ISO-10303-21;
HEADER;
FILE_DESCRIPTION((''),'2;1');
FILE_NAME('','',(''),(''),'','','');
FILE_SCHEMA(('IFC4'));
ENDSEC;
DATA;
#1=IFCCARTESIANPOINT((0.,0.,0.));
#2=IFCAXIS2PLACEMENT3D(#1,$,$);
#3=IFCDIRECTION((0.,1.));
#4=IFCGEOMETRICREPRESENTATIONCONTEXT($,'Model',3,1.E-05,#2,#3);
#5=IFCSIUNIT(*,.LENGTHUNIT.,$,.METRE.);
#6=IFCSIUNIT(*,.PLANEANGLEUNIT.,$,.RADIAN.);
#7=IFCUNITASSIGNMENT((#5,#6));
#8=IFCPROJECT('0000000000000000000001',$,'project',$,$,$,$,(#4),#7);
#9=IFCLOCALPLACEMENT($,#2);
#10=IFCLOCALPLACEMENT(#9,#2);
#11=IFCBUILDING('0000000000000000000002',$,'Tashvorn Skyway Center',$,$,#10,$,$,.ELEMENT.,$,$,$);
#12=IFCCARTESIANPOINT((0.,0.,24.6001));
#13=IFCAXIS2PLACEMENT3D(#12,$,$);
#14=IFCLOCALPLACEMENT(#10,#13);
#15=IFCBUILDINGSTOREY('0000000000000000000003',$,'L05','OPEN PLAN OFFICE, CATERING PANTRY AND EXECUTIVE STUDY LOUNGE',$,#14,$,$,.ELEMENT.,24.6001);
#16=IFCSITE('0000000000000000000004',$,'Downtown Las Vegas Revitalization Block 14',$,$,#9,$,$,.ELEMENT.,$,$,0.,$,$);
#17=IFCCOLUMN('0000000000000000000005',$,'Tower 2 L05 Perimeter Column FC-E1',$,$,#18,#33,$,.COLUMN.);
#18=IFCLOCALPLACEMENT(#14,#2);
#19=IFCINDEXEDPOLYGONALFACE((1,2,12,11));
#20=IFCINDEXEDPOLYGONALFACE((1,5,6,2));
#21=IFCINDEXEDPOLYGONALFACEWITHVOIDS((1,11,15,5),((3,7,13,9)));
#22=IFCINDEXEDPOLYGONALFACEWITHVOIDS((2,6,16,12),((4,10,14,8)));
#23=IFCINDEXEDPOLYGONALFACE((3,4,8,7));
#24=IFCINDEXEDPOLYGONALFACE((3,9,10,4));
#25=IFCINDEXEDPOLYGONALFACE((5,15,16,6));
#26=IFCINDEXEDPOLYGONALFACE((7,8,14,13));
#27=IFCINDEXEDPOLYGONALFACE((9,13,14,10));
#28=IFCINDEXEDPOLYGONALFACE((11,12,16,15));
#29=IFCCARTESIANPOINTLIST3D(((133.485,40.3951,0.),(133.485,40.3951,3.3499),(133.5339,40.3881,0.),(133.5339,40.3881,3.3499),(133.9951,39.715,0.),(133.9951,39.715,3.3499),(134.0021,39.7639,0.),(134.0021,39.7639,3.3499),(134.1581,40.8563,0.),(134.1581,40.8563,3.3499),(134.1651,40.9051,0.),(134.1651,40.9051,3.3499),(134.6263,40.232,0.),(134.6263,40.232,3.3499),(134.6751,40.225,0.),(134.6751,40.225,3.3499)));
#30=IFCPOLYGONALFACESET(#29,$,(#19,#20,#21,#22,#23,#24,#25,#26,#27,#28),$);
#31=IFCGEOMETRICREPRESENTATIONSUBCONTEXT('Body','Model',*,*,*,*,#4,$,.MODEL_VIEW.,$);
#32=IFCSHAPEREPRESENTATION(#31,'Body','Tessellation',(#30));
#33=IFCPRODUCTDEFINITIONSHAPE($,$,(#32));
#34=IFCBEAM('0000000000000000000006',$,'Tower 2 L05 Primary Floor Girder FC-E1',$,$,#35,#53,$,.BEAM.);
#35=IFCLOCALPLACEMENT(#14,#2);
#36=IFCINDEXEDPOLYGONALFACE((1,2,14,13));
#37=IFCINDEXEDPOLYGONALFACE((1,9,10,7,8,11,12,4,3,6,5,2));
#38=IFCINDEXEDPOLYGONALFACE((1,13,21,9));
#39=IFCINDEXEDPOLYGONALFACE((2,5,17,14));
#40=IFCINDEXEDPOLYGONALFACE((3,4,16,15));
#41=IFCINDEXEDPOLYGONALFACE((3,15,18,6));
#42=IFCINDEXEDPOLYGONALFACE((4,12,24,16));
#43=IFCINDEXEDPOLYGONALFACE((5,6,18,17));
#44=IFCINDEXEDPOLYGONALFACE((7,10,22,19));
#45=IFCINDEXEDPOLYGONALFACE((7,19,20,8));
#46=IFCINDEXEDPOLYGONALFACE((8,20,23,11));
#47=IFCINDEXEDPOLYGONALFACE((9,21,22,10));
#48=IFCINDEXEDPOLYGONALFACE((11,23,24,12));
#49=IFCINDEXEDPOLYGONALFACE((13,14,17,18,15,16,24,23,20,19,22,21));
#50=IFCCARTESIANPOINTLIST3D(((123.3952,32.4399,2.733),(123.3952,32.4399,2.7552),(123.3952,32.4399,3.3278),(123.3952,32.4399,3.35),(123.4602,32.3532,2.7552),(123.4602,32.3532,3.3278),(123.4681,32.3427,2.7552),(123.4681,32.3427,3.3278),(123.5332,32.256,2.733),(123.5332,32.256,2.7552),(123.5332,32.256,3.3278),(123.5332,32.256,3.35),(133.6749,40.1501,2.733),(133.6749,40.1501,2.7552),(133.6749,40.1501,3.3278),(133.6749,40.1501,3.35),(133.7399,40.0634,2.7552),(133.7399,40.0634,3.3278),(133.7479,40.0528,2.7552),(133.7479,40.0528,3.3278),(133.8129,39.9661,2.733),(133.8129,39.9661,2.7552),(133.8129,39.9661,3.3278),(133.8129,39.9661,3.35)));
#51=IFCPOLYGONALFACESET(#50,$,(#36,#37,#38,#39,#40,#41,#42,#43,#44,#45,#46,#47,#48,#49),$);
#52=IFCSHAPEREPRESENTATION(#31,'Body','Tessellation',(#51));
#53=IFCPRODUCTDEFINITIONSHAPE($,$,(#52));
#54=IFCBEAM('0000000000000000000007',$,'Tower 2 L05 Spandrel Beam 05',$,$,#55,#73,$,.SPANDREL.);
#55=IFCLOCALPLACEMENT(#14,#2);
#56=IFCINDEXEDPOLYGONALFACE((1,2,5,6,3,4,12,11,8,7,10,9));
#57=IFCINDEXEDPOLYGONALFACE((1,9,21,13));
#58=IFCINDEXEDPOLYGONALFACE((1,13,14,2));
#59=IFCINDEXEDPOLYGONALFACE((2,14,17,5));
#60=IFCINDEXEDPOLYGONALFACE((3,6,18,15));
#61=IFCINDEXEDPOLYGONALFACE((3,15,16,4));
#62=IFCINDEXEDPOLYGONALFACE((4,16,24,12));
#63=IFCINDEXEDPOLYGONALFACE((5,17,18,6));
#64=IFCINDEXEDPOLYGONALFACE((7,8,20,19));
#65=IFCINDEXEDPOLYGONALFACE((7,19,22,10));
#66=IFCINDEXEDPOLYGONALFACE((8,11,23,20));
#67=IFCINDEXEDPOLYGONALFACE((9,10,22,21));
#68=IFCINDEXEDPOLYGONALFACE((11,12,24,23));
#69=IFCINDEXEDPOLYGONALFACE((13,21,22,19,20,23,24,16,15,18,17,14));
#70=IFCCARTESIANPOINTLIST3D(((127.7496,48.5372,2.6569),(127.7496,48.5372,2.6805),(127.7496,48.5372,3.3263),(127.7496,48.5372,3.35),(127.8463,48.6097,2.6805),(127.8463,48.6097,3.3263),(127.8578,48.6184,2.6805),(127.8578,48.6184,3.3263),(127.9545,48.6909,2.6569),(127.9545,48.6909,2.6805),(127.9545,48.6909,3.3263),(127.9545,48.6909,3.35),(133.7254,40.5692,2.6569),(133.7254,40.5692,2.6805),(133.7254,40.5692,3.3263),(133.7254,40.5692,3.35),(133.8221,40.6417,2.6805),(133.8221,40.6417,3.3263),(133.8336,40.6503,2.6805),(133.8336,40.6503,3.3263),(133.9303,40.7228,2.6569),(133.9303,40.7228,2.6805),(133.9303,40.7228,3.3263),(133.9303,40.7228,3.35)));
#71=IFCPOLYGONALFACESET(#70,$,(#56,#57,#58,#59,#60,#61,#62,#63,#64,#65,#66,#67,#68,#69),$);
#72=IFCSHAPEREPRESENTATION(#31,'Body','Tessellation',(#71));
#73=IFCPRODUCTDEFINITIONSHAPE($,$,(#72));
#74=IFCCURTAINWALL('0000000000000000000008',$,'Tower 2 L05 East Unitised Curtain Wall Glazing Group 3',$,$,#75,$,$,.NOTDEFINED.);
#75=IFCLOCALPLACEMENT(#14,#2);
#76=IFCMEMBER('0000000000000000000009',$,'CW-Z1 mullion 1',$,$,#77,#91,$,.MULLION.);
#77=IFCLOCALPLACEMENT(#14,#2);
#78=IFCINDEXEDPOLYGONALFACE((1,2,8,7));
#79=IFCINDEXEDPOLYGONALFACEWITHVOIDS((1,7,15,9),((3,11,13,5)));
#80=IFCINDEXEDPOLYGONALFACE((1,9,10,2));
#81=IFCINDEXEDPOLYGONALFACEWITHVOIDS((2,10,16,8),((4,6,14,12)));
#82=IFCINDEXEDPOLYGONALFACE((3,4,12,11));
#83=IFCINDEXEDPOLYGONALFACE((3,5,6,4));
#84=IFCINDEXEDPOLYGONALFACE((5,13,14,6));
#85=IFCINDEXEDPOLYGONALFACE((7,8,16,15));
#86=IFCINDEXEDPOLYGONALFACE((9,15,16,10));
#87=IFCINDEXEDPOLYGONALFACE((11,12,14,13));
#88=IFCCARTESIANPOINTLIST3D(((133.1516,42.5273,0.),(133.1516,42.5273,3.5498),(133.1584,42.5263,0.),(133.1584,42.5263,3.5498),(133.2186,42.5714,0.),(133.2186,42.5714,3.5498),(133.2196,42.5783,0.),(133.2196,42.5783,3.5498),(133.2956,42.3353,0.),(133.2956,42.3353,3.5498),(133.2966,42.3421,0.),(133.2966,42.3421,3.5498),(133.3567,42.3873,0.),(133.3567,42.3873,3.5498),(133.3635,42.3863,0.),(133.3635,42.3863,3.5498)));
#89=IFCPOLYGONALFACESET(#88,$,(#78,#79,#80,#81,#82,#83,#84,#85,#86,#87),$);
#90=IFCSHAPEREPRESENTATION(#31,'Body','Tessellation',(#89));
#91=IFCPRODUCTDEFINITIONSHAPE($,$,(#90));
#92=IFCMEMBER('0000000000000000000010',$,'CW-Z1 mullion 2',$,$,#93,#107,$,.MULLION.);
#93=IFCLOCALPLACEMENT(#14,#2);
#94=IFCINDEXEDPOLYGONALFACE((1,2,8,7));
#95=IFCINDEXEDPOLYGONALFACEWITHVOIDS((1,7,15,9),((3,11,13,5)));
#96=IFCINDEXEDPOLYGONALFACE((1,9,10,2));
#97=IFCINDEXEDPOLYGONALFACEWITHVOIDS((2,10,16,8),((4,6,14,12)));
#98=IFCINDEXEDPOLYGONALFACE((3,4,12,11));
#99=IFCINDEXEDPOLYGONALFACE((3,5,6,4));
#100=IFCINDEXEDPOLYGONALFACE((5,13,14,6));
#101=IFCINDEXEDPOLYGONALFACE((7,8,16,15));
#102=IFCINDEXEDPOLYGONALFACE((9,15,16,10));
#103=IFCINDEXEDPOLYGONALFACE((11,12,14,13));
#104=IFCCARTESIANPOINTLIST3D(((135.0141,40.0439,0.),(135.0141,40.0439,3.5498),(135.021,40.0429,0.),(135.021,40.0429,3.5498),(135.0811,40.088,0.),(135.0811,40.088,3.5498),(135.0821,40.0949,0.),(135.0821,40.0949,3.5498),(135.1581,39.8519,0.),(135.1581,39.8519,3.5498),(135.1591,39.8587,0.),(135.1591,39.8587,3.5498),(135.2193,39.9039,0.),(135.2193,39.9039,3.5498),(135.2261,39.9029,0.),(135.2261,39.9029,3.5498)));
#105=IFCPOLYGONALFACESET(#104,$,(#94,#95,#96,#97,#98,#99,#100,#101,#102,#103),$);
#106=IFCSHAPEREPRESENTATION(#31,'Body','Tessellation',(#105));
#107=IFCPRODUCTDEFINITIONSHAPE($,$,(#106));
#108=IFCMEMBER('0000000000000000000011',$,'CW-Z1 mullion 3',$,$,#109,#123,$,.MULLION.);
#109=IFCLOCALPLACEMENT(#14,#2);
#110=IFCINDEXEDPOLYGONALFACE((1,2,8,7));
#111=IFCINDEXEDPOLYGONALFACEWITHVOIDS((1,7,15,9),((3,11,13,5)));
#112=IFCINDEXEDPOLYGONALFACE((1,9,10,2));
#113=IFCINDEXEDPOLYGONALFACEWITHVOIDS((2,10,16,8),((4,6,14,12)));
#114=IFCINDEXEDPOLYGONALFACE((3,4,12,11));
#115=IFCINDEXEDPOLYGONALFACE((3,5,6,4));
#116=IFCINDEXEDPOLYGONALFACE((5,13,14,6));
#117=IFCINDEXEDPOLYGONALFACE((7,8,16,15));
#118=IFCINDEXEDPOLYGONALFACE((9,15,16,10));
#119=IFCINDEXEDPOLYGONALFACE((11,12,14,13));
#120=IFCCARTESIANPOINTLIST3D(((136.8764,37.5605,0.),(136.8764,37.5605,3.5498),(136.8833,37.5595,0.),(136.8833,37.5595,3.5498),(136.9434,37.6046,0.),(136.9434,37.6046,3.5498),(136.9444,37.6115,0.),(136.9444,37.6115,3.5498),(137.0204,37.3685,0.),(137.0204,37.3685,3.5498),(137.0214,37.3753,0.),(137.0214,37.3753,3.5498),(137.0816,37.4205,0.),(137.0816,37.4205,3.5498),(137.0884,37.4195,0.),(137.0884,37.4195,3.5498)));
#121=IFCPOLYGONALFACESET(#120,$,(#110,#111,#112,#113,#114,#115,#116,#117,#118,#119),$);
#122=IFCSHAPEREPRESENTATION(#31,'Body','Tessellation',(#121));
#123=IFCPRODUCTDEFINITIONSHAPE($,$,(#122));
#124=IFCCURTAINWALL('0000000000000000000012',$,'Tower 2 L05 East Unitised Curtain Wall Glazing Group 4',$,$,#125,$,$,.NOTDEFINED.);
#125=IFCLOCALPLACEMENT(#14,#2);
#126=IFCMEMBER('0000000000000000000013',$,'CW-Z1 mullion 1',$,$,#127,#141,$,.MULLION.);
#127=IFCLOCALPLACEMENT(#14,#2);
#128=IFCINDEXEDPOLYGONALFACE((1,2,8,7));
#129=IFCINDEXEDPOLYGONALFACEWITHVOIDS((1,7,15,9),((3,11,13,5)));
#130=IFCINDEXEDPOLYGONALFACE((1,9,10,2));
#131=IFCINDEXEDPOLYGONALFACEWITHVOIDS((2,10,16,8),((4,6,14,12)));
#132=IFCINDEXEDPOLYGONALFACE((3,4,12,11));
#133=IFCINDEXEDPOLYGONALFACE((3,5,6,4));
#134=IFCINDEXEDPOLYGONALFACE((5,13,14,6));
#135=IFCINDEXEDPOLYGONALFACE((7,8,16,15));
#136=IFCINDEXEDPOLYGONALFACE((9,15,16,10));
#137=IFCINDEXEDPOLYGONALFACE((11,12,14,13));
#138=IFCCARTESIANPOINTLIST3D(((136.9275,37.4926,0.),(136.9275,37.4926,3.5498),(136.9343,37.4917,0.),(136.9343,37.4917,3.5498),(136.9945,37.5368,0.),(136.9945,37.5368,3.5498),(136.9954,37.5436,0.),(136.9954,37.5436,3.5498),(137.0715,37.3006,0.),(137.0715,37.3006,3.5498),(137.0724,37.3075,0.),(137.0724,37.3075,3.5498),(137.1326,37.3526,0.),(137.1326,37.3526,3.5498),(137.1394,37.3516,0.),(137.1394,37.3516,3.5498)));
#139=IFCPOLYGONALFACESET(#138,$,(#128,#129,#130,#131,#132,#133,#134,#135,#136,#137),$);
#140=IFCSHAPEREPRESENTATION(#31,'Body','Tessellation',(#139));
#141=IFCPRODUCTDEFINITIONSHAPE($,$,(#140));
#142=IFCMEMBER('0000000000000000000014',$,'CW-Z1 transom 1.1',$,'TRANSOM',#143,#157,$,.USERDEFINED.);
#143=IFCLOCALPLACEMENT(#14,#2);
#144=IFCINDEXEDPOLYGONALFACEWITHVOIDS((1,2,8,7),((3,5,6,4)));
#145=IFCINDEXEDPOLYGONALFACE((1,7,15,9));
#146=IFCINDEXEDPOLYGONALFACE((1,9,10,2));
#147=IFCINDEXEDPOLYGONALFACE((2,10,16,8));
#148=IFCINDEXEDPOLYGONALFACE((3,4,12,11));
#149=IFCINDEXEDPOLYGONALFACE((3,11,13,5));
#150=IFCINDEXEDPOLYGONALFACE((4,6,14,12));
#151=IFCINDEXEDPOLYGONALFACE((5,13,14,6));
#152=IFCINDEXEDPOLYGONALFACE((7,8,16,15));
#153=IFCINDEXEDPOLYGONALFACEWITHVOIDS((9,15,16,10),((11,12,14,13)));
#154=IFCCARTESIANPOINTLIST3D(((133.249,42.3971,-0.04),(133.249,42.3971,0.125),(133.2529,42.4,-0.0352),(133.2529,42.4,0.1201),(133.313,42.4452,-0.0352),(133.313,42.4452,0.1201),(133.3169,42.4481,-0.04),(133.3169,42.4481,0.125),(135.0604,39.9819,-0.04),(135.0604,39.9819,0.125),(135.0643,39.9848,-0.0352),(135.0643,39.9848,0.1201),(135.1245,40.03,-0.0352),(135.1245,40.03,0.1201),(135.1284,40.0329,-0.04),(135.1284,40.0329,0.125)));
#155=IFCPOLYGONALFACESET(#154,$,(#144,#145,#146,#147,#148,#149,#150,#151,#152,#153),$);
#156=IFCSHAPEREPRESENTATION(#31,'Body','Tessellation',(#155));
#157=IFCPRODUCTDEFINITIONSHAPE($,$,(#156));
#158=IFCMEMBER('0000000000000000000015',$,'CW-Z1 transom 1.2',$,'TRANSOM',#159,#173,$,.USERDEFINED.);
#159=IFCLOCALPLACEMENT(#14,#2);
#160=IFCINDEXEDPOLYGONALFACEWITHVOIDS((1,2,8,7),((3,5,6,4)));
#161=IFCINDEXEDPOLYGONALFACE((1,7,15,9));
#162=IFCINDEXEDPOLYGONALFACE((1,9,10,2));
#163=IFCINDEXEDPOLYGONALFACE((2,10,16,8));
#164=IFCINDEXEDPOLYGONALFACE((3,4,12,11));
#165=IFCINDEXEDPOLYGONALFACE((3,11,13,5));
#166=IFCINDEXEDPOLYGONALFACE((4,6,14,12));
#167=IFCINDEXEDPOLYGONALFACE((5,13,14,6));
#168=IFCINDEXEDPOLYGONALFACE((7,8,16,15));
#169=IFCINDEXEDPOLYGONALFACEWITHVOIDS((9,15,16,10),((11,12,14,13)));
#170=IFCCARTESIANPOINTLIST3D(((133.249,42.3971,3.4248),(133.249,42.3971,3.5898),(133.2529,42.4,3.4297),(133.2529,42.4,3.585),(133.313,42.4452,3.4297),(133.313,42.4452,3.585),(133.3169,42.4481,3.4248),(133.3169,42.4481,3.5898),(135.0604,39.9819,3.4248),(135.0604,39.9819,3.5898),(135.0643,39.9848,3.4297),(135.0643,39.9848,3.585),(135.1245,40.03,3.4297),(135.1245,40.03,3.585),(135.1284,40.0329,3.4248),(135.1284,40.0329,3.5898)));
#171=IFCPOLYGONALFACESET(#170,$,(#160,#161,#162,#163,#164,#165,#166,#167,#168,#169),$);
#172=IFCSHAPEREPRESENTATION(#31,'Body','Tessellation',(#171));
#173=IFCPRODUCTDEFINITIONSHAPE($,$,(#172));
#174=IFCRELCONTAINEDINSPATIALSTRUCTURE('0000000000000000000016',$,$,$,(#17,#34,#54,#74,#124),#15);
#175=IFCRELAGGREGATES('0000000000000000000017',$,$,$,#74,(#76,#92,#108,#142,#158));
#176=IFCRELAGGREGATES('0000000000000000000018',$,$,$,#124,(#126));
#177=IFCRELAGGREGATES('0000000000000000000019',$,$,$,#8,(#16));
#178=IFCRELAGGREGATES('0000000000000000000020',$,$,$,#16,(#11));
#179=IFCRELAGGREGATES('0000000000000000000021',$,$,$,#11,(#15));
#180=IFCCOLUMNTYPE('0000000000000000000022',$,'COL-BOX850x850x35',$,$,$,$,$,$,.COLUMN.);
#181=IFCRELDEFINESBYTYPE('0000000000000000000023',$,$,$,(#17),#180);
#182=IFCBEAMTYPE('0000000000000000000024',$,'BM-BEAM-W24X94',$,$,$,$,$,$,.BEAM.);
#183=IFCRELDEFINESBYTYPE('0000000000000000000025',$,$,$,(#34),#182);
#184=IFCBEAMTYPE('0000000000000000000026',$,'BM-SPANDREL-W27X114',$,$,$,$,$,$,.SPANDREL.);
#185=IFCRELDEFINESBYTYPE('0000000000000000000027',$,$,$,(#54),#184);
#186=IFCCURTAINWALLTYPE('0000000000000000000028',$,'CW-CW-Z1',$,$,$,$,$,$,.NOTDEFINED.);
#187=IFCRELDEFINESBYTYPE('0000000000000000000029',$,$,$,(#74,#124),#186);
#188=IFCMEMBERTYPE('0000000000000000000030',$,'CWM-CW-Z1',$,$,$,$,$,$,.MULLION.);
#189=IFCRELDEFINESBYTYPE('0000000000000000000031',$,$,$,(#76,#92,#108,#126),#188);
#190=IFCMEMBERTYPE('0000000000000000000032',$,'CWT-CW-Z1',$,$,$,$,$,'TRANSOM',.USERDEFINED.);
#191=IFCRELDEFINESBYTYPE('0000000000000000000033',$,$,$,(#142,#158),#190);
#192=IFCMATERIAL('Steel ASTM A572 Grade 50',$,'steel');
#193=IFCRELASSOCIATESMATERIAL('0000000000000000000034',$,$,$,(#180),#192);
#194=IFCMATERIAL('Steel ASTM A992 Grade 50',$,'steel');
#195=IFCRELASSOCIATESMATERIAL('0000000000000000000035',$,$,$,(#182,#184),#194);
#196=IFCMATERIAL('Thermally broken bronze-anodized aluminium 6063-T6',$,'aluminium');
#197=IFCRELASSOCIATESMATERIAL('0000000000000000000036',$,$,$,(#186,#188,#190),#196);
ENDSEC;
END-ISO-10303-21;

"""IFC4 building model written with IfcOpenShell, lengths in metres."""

from ifc_helpers import new_model, si_unit, direction, frame, origin, origin_2d, place, context, subcontext, project, spatial, hollow_rectangle, i_section, extrude, material, material_profile, profile_set, type_object, element, aggregate, save


model = new_model("IFC4")

# Units and contexts
model_context = context("Model", 3, precision=1e-05, world=origin(), true_north=direction((0.0, 1.0)))
body_context = subcontext(model_context, "Body", "Model", "MODEL_VIEW")
ifc_project = project(units=[si_unit("LENGTHUNIT", "METRE"), si_unit("PLANEANGLEUNIT", "RADIAN")], contexts=[model_context])

# Site, building, storey
site_placement = place(None, origin())
site = spatial("IfcSite", under=ifc_project, at=site_placement, Name="Downtown Las Vegas Revitalization Block 14", CompositionType="ELEMENT", RefElevation=0.0)
building_placement = place(site_placement, origin())
building = spatial("IfcBuilding", under=site, at=building_placement, Name="Tashvorn Skyway Center", CompositionType="ELEMENT")
storey_placement = place(building_placement, frame((0.0, 0.0, 24.6001)))
storey = spatial("IfcBuildingStorey", under=building, at=storey_placement, Name="L05", Description="OPEN PLAN OFFICE, CATERING PANTRY AND EXECUTIVE STUDY LOUNGE", CompositionType="ELEMENT", Elevation=24.6001)

# Column
ifc_material_1 = material(Name="Steel ASTM A572 Grade 50", Category="steel")
ifc_material_profile_1 = material_profile(ifc_material_1, hollow_rectangle(XDim=0.8501, YDim=0.8501, WallThickness=0.0349, at=origin_2d()), Name="BOX850x850x35")
ifc_profile_set_1 = profile_set([ifc_material_profile_1], Name="Steel ASTM A572 Grade 50")
column_type = type_object("IfcColumnType", Name="COL-BOX850x850x35", PredefinedType="COLUMN", material=ifc_profile_set_1)
column_placement = place(storey_placement, frame((134.0801, 40.3101, 0.0), z_axis=(0.0, 0.0, 1.0), x_axis=(0.8, 0.6, 0.0)))
element("IfcColumn", 1, at=column_placement, inside=storey, type_object=column_type, Name="Tower 2 L05 Perimeter Column FC-E1", PredefinedType="COLUMN", context=body_context, shape_type="SweptSolid", body=[
    extrude(hollow_rectangle(XDim=0.8501, YDim=0.8501, WallThickness=0.0349, at=origin_2d()), origin(), (0.0, 0.0, 1.0), 3.3499),
])

# Beams
ifc_material_2 = material(Name="Steel ASTM A992 Grade 50", Category="steel")
ifc_material_profile_2 = material_profile(ifc_material_2, i_section(OverallWidth=0.23, OverallDepth=0.6169, WebThickness=0.0132, FlangeThickness=0.0222, at=origin_2d()), Name="W24X94")
ifc_profile_set_2 = profile_set([ifc_material_profile_2], Name="Steel ASTM A992 Grade 50")
beam_type_1 = type_object("IfcBeamType", Name="BM-BEAM-W24X94", PredefinedType="BEAM", material=ifc_profile_set_2)
beam_1_placement = place(storey_placement, frame((133.7439, 40.0581, 3.0415), z_axis=(-0.799986, -0.600018, 0.0), x_axis=(0.600018, -0.799986, 0.0)))
element("IfcBeam", 2, at=beam_1_placement, inside=storey, type_object=beam_type_1, Name="Tower 2 L05 Primary Floor Girder FC-E1", PredefinedType="BEAM", context=body_context, shape_type="SweptSolid", body=[
    extrude(i_section(OverallWidth=0.23, OverallDepth=0.6169, WebThickness=0.0132, FlangeThickness=0.0222, at=origin_2d()), origin(), (0.0, 0.0, 1.0), 12.8499),
])
ifc_material_profile_3 = material_profile(ifc_material_2, i_section(OverallWidth=0.2561, OverallDepth=0.6931, WebThickness=0.0144, FlangeThickness=0.0237, at=origin_2d()), Name="W27X114")
ifc_profile_set_3 = profile_set([ifc_material_profile_3], Name="Steel ASTM A992 Grade 50")
beam_type_2 = type_object("IfcBeamType", Name="BM-SPANDREL-W27X114", PredefinedType="SPANDREL", material=ifc_profile_set_3)
beam_2_placement = place(storey_placement, frame((133.8279, 40.646, 3.0034), z_axis=(-0.599988, 0.800009, 0.0), x_axis=(-0.800009, -0.599988, 0.0)))
element("IfcBeam", 3, at=beam_2_placement, inside=storey, type_object=beam_type_2, Name="Tower 2 L05 Spandrel Beam 05", PredefinedType="SPANDREL", context=body_context, shape_type="SweptSolid", body=[
    extrude(i_section(OverallWidth=0.2561, OverallDepth=0.6931, WebThickness=0.0144, FlangeThickness=0.0237, at=origin_2d()), origin(), (0.0, 0.0, 1.0), 9.96),
])

# Curtain wall, members
ifc_material_3 = material(Name="Thermally broken bronze-anodized aluminium 6063-T6", Category="aluminium")
curtain_wall_type = type_object("IfcCurtainWallType", Name="CW-CW-Z1", PredefinedType="NOTDEFINED", material=ifc_material_3)
curtain_wall_1_placement = place(storey_placement, origin())
curtain_wall_1 = element("IfcCurtainWall", 4, at=curtain_wall_1_placement, inside=storey, type_object=curtain_wall_type, Name="Tower 2 L05 East Unitised Curtain Wall Glazing Group 3", PredefinedType="NOTDEFINED")
ifc_material_profile_4 = material_profile(ifc_material_3, hollow_rectangle(XDim=0.085, YDim=0.24, WallThickness=0.0049, at=origin_2d()), Name="ALU-MULL-85x240")
ifc_profile_set_4 = profile_set([ifc_material_profile_4], Name="Thermally broken bronze-anodized aluminium 6063-T6")
member_type_1 = type_object("IfcMemberType", Name="CWM-CW-Z1", PredefinedType="MULLION", material=ifc_profile_set_4)
member_1_placement = place(storey_placement, frame((133.2576, 42.4568, 0.0), z_axis=(0.0, 0.0, 1.0), x_axis=(0.800002, 0.599997, 0.0)))
member_1 = element("IfcMember", 5, at=member_1_placement, type_object=member_type_1, Name="CW-Z1 mullion 1", PredefinedType="MULLION", context=body_context, shape_type="SweptSolid", body=[
    extrude(hollow_rectangle(XDim=0.085, YDim=0.24, WallThickness=0.0049, at=origin_2d()), origin(), (0.0, 0.0, 1.0), 3.5498),
])
member_2_placement = place(storey_placement, frame((135.1201, 39.9734, 0.0), z_axis=(0.0, 0.0, 1.0), x_axis=(0.800002, 0.599997, 0.0)))
member_2 = element("IfcMember", 6, at=member_2_placement, type_object=member_type_1, Name="CW-Z1 mullion 2", PredefinedType="MULLION", context=body_context, shape_type="SweptSolid", body=[
    extrude(hollow_rectangle(XDim=0.085, YDim=0.24, WallThickness=0.0049, at=origin_2d()), origin(), (0.0, 0.0, 1.0), 3.5498),
])
member_3_placement = place(storey_placement, frame((136.9824, 37.49, 0.0), z_axis=(0.0, 0.0, 1.0), x_axis=(0.800002, 0.599997, 0.0)))
member_3 = element("IfcMember", 7, at=member_3_placement, type_object=member_type_1, Name="CW-Z1 mullion 3", PredefinedType="MULLION", context=body_context, shape_type="SweptSolid", body=[
    extrude(hollow_rectangle(XDim=0.085, YDim=0.24, WallThickness=0.0049, at=origin_2d()), origin(), (0.0, 0.0, 1.0), 3.5498),
])

# Curtain wall, member
curtain_wall_2_placement = place(storey_placement, origin())
curtain_wall_2 = element("IfcCurtainWall", 8, at=curtain_wall_2_placement, inside=storey, type_object=curtain_wall_type, Name="Tower 2 L05 East Unitised Curtain Wall Glazing Group 4", PredefinedType="NOTDEFINED")
member_4_placement = place(storey_placement, frame((137.0334, 37.4221, 0.0), z_axis=(0.0, 0.0, 1.0), x_axis=(0.8, 0.6, 0.0)))
member_4 = element("IfcMember", 9, at=member_4_placement, type_object=member_type_1, Name="CW-Z1 mullion 1", PredefinedType="MULLION", context=body_context, shape_type="SweptSolid", body=[
    extrude(hollow_rectangle(XDim=0.085, YDim=0.24, WallThickness=0.0049, at=origin_2d()), origin(), (0.0, 0.0, 1.0), 3.5498),
])

# Members
ifc_material_profile_5 = material_profile(ifc_material_3, hollow_rectangle(XDim=0.085, YDim=0.165, WallThickness=0.0049, at=origin_2d()), Name="ALU-TRAN-85x165")
ifc_profile_set_5 = profile_set([ifc_material_profile_5], Name="Thermally broken bronze-anodized aluminium 6063-T6")
member_type_2 = type_object("IfcMemberType", Name="CWT-CW-Z1", ElementType="TRANSOM", PredefinedType="USERDEFINED", material=ifc_profile_set_5)
member_5_placement = place(storey_placement, frame((133.283, 42.4226, 0.0425), z_axis=(0.600013, -0.79999, 0.0), x_axis=(0.79999, 0.600013, 0.0)))
member_5 = element("IfcMember", 10, at=member_5_placement, type_object=member_type_2, Name="CW-Z1 transom 1.1", ObjectType="TRANSOM", PredefinedType="USERDEFINED", context=body_context, shape_type="SweptSolid", body=[
    extrude(hollow_rectangle(XDim=0.085, YDim=0.165, WallThickness=0.0049, at=origin_2d()), origin(), (0.0, 0.0, 1.0), 3.019),
])
member_6_placement = place(storey_placement, frame((133.283, 42.4226, 3.5073), z_axis=(0.600013, -0.79999, 0.0), x_axis=(0.79999, 0.600013, 0.0)))
member_6 = element("IfcMember", 11, at=member_6_placement, type_object=member_type_2, Name="CW-Z1 transom 1.2", ObjectType="TRANSOM", PredefinedType="USERDEFINED", context=body_context, shape_type="SweptSolid", body=[
    extrude(hollow_rectangle(XDim=0.085, YDim=0.165, WallThickness=0.0049, at=origin_2d()), origin(), (0.0, 0.0, 1.0), 3.019),
])

aggregate(curtain_wall_1, [member_1, member_2, member_3, member_5, member_6])
aggregate(curtain_wall_2, [member_4])

save(model, "model.ifc")
